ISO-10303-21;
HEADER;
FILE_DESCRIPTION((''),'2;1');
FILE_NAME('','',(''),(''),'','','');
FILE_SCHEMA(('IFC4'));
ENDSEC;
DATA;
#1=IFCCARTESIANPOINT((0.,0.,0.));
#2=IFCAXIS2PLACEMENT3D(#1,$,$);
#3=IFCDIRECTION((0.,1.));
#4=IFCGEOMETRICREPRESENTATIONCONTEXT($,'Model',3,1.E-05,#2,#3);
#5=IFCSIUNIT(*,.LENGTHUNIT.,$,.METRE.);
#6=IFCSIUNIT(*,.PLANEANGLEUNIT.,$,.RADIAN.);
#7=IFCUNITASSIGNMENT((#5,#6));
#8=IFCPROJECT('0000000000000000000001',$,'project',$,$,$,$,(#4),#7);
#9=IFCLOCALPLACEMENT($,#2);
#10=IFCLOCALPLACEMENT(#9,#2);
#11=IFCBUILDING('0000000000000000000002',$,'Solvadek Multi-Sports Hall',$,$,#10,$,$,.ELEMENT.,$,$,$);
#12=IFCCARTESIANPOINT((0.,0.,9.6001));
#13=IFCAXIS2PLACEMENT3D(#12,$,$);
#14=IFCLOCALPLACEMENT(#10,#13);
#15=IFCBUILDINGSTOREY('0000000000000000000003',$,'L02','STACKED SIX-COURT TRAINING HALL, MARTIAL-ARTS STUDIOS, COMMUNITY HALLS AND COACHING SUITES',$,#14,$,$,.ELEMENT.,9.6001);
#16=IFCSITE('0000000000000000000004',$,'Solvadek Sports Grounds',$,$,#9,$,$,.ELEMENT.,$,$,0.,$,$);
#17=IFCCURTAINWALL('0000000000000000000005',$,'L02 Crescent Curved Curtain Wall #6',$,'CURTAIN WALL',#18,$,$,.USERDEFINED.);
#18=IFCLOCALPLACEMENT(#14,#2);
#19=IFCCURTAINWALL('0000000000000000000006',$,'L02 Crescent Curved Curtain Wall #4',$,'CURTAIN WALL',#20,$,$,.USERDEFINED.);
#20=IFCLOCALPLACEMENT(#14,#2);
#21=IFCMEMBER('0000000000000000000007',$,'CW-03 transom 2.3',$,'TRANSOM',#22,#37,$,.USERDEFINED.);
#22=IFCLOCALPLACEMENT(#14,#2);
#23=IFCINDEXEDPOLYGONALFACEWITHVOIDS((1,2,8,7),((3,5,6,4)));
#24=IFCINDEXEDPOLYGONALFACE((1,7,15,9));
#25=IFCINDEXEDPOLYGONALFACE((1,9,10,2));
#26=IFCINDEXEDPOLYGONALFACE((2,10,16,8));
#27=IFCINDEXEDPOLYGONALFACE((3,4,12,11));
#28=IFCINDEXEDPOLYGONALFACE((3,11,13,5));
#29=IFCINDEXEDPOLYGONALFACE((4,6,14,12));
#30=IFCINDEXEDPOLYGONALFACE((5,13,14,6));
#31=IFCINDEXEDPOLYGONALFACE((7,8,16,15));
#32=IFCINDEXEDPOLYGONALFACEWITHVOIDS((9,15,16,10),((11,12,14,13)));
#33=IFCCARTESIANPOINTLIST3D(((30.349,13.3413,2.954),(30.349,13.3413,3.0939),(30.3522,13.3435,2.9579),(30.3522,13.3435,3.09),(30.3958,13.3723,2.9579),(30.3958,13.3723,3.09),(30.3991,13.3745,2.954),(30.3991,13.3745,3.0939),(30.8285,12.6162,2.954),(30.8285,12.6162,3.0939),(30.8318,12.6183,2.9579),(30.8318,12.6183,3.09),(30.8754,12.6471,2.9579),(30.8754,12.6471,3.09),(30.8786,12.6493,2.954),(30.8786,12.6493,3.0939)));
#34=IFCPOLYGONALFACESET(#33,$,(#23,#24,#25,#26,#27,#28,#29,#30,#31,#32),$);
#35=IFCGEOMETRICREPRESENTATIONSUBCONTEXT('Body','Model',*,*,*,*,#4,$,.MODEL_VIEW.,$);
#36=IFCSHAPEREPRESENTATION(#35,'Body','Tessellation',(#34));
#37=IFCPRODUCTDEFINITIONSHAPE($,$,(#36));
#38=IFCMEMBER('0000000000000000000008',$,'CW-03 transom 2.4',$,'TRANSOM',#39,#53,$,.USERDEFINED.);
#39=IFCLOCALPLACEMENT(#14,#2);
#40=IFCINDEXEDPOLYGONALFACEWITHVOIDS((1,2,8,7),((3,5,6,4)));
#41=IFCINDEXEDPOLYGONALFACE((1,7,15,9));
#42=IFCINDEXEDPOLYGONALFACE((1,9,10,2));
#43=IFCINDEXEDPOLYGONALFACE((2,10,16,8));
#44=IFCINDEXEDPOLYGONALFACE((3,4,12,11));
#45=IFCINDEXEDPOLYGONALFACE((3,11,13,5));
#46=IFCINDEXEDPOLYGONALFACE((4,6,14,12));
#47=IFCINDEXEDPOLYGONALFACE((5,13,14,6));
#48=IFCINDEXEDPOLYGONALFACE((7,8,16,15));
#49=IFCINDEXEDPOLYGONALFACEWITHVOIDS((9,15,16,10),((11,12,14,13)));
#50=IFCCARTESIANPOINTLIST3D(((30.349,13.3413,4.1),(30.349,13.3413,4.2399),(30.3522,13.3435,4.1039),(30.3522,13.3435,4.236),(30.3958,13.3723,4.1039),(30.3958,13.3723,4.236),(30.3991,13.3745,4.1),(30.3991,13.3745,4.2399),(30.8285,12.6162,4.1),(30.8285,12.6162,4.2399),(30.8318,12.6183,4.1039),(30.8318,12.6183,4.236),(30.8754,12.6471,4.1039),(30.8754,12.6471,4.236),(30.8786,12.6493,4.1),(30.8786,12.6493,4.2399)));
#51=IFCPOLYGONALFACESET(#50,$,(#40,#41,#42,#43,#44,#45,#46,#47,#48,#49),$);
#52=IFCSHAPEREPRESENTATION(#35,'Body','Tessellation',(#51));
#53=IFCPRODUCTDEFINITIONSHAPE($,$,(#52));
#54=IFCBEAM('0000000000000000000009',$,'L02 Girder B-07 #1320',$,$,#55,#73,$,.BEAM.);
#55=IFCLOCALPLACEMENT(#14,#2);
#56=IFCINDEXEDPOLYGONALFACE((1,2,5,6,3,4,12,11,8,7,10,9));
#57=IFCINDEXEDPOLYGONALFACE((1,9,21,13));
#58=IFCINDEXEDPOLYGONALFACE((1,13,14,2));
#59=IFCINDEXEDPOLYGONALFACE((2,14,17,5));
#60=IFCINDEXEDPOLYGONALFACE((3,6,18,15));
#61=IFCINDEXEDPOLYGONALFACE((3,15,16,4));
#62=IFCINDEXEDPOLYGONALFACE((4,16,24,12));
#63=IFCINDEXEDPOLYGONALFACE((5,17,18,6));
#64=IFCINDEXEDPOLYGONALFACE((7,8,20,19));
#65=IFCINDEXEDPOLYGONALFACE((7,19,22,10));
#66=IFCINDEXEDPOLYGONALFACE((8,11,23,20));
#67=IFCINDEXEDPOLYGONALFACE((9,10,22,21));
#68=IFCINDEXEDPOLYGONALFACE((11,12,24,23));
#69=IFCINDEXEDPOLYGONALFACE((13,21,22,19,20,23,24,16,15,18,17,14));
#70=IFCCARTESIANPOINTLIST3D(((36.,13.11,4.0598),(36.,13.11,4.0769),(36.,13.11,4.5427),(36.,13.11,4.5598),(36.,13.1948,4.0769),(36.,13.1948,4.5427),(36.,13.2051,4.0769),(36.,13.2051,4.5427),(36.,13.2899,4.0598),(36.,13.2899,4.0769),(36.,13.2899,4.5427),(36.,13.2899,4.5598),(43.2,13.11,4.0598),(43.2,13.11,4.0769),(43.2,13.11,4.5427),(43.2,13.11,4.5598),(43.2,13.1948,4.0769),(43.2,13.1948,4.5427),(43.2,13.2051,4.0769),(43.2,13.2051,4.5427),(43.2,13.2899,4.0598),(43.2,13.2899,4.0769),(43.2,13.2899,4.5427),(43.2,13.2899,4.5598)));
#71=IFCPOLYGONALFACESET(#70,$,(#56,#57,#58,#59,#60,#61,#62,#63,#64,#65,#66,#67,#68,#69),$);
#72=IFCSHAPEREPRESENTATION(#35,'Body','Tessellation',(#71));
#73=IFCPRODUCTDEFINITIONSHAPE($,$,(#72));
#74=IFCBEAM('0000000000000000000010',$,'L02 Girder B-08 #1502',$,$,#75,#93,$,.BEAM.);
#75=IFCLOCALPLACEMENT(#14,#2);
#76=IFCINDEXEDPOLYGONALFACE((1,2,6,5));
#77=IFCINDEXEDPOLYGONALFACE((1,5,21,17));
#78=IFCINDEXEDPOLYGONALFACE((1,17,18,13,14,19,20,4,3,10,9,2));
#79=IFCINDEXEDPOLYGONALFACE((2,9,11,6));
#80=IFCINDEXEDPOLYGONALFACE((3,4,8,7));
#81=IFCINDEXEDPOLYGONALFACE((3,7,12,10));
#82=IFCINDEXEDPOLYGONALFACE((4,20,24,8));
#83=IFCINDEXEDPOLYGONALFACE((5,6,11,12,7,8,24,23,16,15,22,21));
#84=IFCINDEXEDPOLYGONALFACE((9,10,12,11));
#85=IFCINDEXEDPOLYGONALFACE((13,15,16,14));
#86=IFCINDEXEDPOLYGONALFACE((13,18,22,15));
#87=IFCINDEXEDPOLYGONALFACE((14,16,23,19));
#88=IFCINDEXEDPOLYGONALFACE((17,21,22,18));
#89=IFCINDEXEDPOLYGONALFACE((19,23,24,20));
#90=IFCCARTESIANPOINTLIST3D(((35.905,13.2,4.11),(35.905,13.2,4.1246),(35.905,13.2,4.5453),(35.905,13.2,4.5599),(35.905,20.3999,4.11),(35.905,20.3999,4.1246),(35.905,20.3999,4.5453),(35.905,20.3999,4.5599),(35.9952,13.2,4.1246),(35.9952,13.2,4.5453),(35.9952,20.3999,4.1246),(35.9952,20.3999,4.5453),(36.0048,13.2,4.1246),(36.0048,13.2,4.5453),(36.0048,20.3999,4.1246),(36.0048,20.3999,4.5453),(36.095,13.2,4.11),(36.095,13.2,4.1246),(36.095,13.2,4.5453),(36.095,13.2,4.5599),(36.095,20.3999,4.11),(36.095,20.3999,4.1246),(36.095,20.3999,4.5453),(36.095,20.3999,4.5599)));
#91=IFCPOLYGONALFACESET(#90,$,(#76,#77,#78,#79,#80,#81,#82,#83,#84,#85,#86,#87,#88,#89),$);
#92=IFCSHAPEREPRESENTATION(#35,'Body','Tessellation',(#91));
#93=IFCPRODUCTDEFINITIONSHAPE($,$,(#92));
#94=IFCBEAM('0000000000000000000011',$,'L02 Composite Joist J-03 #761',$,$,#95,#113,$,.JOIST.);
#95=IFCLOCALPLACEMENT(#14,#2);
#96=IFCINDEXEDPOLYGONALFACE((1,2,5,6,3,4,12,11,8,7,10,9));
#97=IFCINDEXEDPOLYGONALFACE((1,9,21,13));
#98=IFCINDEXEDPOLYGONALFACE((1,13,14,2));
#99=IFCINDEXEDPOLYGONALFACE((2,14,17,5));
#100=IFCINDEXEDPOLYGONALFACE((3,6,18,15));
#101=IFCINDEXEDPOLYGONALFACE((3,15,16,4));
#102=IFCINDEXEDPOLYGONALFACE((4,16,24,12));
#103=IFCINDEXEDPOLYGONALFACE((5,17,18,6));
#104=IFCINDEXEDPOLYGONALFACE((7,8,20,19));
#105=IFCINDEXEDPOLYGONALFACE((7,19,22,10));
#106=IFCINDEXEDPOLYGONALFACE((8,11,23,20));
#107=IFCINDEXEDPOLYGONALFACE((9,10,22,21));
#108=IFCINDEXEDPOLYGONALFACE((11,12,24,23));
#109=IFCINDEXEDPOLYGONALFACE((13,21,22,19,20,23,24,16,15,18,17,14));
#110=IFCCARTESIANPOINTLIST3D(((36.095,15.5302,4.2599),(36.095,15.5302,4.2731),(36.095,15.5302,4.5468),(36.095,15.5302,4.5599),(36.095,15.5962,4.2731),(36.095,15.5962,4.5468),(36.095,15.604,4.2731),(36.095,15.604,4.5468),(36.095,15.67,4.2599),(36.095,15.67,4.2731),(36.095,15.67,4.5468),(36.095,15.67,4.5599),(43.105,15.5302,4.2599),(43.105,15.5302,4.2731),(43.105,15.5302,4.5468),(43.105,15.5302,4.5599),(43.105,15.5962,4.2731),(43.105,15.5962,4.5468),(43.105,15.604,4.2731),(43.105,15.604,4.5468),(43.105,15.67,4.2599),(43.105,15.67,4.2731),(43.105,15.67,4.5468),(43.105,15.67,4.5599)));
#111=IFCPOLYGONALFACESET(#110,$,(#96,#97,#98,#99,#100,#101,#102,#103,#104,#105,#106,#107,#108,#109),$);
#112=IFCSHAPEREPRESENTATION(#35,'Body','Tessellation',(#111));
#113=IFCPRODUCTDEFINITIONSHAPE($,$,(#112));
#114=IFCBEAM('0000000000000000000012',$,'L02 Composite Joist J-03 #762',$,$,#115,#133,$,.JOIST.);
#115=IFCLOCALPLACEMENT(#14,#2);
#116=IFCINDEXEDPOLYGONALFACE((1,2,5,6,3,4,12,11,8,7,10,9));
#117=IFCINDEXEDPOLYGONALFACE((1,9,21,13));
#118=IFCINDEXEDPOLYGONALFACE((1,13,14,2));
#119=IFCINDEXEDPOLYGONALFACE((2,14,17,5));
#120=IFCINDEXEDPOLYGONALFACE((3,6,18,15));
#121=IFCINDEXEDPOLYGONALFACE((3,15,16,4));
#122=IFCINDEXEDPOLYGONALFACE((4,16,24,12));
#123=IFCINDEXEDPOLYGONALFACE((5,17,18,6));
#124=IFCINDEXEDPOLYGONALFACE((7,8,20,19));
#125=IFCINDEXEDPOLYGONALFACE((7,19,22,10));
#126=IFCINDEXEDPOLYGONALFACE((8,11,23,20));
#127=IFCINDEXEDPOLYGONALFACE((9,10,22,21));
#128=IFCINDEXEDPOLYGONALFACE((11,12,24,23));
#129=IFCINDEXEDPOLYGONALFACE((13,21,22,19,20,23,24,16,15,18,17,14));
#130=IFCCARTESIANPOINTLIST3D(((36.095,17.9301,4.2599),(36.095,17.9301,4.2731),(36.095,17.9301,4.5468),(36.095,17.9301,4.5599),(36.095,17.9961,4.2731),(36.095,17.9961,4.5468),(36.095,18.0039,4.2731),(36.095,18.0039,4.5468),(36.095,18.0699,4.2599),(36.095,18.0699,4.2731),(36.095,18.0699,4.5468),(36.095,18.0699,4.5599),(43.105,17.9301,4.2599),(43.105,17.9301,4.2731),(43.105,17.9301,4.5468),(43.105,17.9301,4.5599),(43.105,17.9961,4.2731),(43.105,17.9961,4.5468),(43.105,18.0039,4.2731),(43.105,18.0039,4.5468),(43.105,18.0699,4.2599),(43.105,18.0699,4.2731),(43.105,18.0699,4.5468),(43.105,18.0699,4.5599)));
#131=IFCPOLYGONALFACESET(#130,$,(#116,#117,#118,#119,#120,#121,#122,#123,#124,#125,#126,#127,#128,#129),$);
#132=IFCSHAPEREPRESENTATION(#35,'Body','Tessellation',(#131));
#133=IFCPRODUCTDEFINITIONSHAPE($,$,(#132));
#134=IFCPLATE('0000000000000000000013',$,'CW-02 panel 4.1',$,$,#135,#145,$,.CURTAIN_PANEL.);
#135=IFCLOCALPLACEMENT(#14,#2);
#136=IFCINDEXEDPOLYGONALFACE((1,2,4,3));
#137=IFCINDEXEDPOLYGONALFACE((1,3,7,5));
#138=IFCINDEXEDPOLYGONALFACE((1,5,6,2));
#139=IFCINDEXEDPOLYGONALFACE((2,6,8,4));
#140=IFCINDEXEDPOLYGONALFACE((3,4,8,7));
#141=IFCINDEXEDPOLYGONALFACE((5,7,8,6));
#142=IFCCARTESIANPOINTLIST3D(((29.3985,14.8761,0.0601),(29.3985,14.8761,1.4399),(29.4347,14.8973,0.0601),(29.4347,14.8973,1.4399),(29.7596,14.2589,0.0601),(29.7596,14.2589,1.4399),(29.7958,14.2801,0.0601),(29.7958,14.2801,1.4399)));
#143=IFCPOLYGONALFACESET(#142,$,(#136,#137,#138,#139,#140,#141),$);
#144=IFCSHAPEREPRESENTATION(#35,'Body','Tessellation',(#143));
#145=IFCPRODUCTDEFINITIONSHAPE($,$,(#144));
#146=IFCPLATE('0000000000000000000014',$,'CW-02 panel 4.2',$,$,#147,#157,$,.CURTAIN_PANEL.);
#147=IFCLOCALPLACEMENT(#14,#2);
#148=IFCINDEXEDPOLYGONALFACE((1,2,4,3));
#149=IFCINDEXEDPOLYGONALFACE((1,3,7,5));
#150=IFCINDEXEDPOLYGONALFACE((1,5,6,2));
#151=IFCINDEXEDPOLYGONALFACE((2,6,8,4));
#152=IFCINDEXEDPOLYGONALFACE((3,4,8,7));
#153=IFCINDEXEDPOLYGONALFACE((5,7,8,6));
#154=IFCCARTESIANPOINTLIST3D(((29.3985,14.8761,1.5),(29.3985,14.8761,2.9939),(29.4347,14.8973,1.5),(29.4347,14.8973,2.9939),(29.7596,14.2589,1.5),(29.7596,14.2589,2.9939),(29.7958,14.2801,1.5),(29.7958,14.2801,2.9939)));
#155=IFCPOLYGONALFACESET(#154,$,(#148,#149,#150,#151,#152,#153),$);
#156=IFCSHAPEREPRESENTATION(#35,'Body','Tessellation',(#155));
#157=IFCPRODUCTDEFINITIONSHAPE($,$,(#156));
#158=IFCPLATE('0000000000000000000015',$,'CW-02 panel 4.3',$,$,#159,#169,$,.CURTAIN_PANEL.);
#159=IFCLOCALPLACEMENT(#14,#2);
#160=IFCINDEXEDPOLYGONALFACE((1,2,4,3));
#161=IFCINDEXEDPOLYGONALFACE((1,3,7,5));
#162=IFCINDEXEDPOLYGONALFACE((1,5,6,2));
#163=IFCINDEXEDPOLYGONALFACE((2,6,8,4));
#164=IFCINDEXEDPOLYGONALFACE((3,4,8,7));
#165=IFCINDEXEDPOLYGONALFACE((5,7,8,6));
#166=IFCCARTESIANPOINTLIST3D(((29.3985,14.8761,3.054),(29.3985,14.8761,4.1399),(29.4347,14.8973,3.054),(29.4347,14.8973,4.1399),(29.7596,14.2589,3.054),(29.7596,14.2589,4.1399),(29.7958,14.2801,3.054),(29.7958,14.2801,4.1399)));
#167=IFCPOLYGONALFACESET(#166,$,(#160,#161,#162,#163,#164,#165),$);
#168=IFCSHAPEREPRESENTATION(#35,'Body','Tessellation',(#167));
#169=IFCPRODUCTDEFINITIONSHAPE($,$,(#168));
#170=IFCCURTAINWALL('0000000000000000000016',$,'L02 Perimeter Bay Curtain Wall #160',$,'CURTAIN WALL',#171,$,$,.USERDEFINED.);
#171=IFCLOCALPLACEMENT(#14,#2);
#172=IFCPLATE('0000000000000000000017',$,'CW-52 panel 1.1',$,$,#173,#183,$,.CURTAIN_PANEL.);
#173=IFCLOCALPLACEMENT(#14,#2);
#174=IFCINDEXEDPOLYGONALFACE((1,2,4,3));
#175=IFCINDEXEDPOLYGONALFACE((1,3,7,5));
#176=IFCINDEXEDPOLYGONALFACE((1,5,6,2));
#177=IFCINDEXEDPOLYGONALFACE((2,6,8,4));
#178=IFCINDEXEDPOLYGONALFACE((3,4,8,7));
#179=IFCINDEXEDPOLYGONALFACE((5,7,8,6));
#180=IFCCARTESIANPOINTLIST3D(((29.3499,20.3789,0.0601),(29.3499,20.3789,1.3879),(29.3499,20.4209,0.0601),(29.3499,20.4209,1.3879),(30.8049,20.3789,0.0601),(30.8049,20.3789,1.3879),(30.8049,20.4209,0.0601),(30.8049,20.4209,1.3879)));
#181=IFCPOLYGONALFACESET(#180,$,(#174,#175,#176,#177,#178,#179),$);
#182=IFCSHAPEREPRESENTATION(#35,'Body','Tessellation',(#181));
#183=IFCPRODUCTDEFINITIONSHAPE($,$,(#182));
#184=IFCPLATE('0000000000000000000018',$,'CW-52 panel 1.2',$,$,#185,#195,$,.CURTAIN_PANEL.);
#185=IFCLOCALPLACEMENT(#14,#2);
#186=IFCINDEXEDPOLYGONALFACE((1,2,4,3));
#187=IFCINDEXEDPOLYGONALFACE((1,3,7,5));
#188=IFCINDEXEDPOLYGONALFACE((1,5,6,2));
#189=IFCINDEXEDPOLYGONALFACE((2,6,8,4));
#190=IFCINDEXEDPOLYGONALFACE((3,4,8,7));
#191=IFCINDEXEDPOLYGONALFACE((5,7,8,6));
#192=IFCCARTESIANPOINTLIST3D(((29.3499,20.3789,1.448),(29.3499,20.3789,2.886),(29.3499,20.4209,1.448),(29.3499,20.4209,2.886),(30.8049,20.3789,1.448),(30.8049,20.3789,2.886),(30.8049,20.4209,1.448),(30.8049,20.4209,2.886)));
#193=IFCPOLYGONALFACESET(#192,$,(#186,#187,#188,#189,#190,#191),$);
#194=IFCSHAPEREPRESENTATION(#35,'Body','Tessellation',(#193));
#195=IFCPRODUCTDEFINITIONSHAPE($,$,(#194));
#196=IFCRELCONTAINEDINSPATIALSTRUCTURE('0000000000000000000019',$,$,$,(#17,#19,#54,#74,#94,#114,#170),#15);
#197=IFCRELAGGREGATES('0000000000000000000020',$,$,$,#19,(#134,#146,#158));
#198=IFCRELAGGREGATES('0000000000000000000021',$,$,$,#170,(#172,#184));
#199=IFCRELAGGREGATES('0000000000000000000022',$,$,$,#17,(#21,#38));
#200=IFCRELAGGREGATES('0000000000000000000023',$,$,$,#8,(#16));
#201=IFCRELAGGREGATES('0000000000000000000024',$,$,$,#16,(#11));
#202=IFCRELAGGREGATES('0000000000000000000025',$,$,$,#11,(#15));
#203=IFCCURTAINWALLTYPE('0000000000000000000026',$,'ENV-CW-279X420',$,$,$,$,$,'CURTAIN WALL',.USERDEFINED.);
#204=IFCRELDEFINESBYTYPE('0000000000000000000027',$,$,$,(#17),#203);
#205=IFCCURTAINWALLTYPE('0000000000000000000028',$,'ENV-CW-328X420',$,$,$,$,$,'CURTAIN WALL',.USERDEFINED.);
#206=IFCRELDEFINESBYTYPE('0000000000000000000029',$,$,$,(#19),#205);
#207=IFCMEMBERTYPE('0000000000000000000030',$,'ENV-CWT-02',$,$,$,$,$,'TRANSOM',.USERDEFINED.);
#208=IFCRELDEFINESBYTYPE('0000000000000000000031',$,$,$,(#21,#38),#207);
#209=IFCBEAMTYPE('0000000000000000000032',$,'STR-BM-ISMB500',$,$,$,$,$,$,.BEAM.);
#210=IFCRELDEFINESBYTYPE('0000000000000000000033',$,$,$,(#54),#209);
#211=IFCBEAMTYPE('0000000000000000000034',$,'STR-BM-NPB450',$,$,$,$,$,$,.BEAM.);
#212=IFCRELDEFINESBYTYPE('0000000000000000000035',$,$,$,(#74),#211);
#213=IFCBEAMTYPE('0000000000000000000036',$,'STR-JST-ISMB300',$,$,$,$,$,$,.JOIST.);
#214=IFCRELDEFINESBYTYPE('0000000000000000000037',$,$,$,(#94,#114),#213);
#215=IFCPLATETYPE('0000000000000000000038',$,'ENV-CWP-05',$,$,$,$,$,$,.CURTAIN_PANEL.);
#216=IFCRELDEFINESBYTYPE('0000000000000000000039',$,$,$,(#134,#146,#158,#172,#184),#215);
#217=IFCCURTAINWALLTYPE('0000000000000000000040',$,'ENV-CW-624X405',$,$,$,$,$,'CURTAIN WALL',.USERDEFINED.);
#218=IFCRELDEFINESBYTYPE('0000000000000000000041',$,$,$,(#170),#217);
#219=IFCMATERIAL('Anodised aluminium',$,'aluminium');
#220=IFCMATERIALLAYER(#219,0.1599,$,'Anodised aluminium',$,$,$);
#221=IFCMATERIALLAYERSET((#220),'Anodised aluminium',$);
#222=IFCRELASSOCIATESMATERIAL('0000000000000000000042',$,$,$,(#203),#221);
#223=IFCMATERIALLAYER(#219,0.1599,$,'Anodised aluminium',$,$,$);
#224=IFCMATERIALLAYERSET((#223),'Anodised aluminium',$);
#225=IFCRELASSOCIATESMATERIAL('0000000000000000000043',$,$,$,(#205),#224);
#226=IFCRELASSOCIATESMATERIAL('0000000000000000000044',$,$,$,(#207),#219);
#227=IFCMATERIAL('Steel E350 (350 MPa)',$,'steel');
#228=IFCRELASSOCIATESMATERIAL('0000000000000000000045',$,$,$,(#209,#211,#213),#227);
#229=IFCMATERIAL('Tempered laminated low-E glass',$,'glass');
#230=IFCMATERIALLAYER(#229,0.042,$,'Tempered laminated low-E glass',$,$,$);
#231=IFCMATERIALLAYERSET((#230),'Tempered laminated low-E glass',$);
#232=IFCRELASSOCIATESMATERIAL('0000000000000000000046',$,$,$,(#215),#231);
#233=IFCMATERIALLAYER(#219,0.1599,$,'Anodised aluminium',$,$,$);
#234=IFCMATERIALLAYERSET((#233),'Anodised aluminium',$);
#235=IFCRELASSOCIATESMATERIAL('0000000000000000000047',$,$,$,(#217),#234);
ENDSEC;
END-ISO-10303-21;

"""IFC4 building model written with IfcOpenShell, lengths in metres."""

from ifc_helpers import new_model, si_unit, direction, frame, origin, origin_2d, place, context, subcontext, project, spatial, rectangle, hollow_rectangle, i_section, extrude, material, layer, layer_set, material_profile, profile_set, type_object, element, aggregate, save


model = new_model("IFC4")

# Units and contexts
model_context = context("Model", 3, precision=1e-05, world=origin(), true_north=direction((0.0, 1.0)))
body_context = subcontext(model_context, "Body", "Model", "MODEL_VIEW")
ifc_project = project(units=[si_unit("LENGTHUNIT", "METRE"), si_unit("PLANEANGLEUNIT", "RADIAN")], contexts=[model_context])

# Site, building, storey
site_placement = place(None, origin())
site = spatial("IfcSite", under=ifc_project, at=site_placement, Name="Solvadek Sports Grounds", CompositionType="ELEMENT", RefElevation=0.0)
building_placement = place(site_placement, origin())
building = spatial("IfcBuilding", under=site, at=building_placement, Name="Solvadek Multi-Sports Hall", CompositionType="ELEMENT")
storey_placement = place(building_placement, frame((0.0, 0.0, 9.6001)))
storey = spatial("IfcBuildingStorey", under=building, at=storey_placement, Name="L02", Description="STACKED SIX-COURT TRAINING HALL, MARTIAL-ARTS STUDIOS, COMMUNITY HALLS AND COACHING SUITES", CompositionType="ELEMENT", Elevation=9.6001)

# Curtain walls
ifc_material_1 = material(Name="Anodised aluminium", Category="aluminium")
ifc_layer_1 = layer(ifc_material_1, 0.1599, Name="Anodised aluminium")
ifc_layer_set_1 = layer_set([ifc_layer_1], Name="Anodised aluminium")
curtain_wall_type_1 = type_object("IfcCurtainWallType", Name="ENV-CW-279X420", ElementType="CURTAIN WALL", PredefinedType="USERDEFINED", material=ifc_layer_set_1)
curtain_wall_1_placement = place(storey_placement, origin())
curtain_wall_1 = element("IfcCurtainWall", 1, at=curtain_wall_1_placement, inside=storey, type_object=curtain_wall_type_1, Name="L02 Crescent Curved Curtain Wall #6", ObjectType="CURTAIN WALL", PredefinedType="USERDEFINED")
ifc_layer_2 = layer(ifc_material_1, 0.1599, Name="Anodised aluminium")
ifc_layer_set_2 = layer_set([ifc_layer_2], Name="Anodised aluminium")
curtain_wall_type_2 = type_object("IfcCurtainWallType", Name="ENV-CW-328X420", ElementType="CURTAIN WALL", PredefinedType="USERDEFINED", material=ifc_layer_set_2)
curtain_wall_2_placement = place(storey_placement, origin())
curtain_wall_2 = element("IfcCurtainWall", 2, at=curtain_wall_2_placement, inside=storey, type_object=curtain_wall_type_2, Name="L02 Crescent Curved Curtain Wall #4", ObjectType="CURTAIN WALL", PredefinedType="USERDEFINED")

# Members
ifc_material_profile_1 = material_profile(ifc_material_1, hollow_rectangle(XDim=0.0601, YDim=0.1399, WallThickness=0.0039, at=origin_2d()), Name="ALU-T 140x60x4")
ifc_profile_set_1 = profile_set([ifc_material_profile_1], Name="Anodised aluminium")
member_type_1 = type_object("IfcMemberType", Name="ENV-CWT-02", ElementType="TRANSOM", PredefinedType="USERDEFINED", material=ifc_profile_set_1)
member_1_placement = place(storey_placement, frame((30.374, 13.3579, 3.0239), z_axis=(0.551585, -0.834118, 0.0), x_axis=(0.834118, 0.551585, 0.0)))
member_1 = element("IfcMember", 3, at=member_1_placement, type_object=member_type_1, Name="CW-03 transom 2.3", ObjectType="TRANSOM", PredefinedType="USERDEFINED", context=body_context, shape_type="SweptSolid", body=[
    extrude(hollow_rectangle(XDim=0.0601, YDim=0.1399, WallThickness=0.0039, at=origin_2d()), origin(), (0.0, 0.0, 1.0), 0.8694),
])
member_2_placement = place(storey_placement, frame((30.374, 13.3579, 4.1699), z_axis=(0.551585, -0.834118, 0.0), x_axis=(0.834118, 0.551585, 0.0)))
member_2 = element("IfcMember", 4, at=member_2_placement, type_object=member_type_1, Name="CW-03 transom 2.4", ObjectType="TRANSOM", PredefinedType="USERDEFINED", context=body_context, shape_type="SweptSolid", body=[
    extrude(hollow_rectangle(XDim=0.0601, YDim=0.1399, WallThickness=0.0039, at=origin_2d()), origin(), (0.0, 0.0, 1.0), 0.8694),
])

# Beams
ifc_material_2 = material(Name="Steel E350 (350 MPa)", Category="steel")
ifc_material_profile_2 = material_profile(ifc_material_2, i_section(OverallWidth=0.1799, OverallDepth=0.5, WebThickness=0.0103, FlangeThickness=0.0171, at=origin_2d()), Name="ISMB 500")
ifc_profile_set_2 = profile_set([ifc_material_profile_2], Name="Steel E350 (350 MPa)")
beam_type_1 = type_object("IfcBeamType", Name="STR-BM-ISMB500", PredefinedType="BEAM", material=ifc_profile_set_2)
beam_1_placement = place(storey_placement, frame((36.0, 13.2, 4.3098), z_axis=(1.0, 0.0, 0.0), x_axis=(0.0, 1.0, 0.0)))
element("IfcBeam", 5, at=beam_1_placement, inside=storey, type_object=beam_type_1, Name="L02 Girder B-07 #1320", PredefinedType="BEAM", context=body_context, shape_type="SweptSolid", body=[
    extrude(i_section(OverallWidth=0.1799, OverallDepth=0.5, WebThickness=0.0103, FlangeThickness=0.0171, at=origin_2d()), origin(), (0.0, 0.0, 1.0), 7.2),
])
ifc_material_profile_3 = material_profile(ifc_material_2, i_section(OverallWidth=0.1899, OverallDepth=0.45, WebThickness=0.0095, FlangeThickness=0.0146, at=origin_2d()), Name="NPB 450")
ifc_profile_set_3 = profile_set([ifc_material_profile_3], Name="Steel E350 (350 MPa)")
beam_type_2 = type_object("IfcBeamType", Name="STR-BM-NPB450", PredefinedType="BEAM", material=ifc_profile_set_3)
beam_2_placement = place(storey_placement, frame((36.0, 13.2, 4.335), z_axis=(0.0, 1.0, 0.0), x_axis=(-1.0, 0.0, 0.0)))
element("IfcBeam", 6, at=beam_2_placement, inside=storey, type_object=beam_type_2, Name="L02 Girder B-08 #1502", PredefinedType="BEAM", context=body_context, shape_type="SweptSolid", body=[
    extrude(i_section(OverallWidth=0.1899, OverallDepth=0.45, WebThickness=0.0095, FlangeThickness=0.0146, at=origin_2d()), origin(), (0.0, 0.0, 1.0), 7.2),
])
ifc_material_profile_4 = material_profile(ifc_material_2, i_section(OverallWidth=0.1399, OverallDepth=0.3, WebThickness=0.0078, FlangeThickness=0.0132, at=origin_2d()), Name="ISMB 300")
ifc_profile_set_4 = profile_set([ifc_material_profile_4], Name="Steel E350 (350 MPa)")
beam_type_3 = type_object("IfcBeamType", Name="STR-JST-ISMB300", PredefinedType="JOIST", material=ifc_profile_set_4)
for number, where, z_axis, x_axis, name in (
    (7, (36.095, 15.6001, 4.4099), (1.0, 0.0, 0.0), (0.0, 1.0, 0.0), "L02 Composite Joist J-03 #761"),
    (8, (36.095, 18.0, 4.4099), (1.0, 0.0, 0.0), (0.0, 1.0, 0.0), "L02 Composite Joist J-03 #762"),
):
    element("IfcBeam", number, at=place(storey_placement, frame(where, z_axis=z_axis, x_axis=x_axis)), inside=storey, type_object=beam_type_3, Name=name, PredefinedType="JOIST", context=body_context, shape_type="SweptSolid", body=[
        extrude(i_section(OverallWidth=0.1399, OverallDepth=0.3, WebThickness=0.0078, FlangeThickness=0.0132, at=origin_2d()), origin(), (0.0, 0.0, 1.0), 7.01),
    ])

# Plates
ifc_material_3 = material(Name="Tempered laminated low-E glass", Category="glass")
ifc_layer_3 = layer(ifc_material_3, 0.042, Name="Tempered laminated low-E glass")
ifc_layer_set_3 = layer_set([ifc_layer_3], Name="Tempered laminated low-E glass")
plate_type_1 = type_object("IfcPlateType", Name="ENV-CWP-05", PredefinedType="CURTAIN_PANEL", material=ifc_layer_set_3)
plate_1_placement = place(storey_placement, frame((29.5972, 14.5781, 0.0601), z_axis=(0.0, 0.0, 1.0), x_axis=(0.504957, -0.863145, 0.0)))
plate_1 = element("IfcPlate", 9, at=plate_1_placement, type_object=plate_type_1, Name="CW-02 panel 4.1", PredefinedType="CURTAIN_PANEL", context=body_context, shape_type="SweptSolid", body=[
    extrude(rectangle(XDim=0.7151, YDim=0.042, at=origin_2d()), origin(), (0.0, 0.0, 1.0), 1.3799),
])
plate_2_placement = place(storey_placement, frame((29.5972, 14.5781, 1.5), z_axis=(0.0, 0.0, 1.0), x_axis=(0.504957, -0.863145, 0.0)))
plate_2 = element("IfcPlate", 10, at=plate_2_placement, type_object=plate_type_1, Name="CW-02 panel 4.2", PredefinedType="CURTAIN_PANEL", context=body_context, shape_type="SweptSolid", body=[
    extrude(rectangle(XDim=0.7151, YDim=0.042, at=origin_2d()), origin(), (0.0, 0.0, 1.0), 1.4939),
])
plate_3_placement = place(storey_placement, frame((29.5972, 14.5781, 3.054), z_axis=(0.0, 0.0, 1.0), x_axis=(0.504957, -0.863145, 0.0)))
plate_3 = element("IfcPlate", 11, at=plate_3_placement, type_object=plate_type_1, Name="CW-02 panel 4.3", PredefinedType="CURTAIN_PANEL", context=body_context, shape_type="SweptSolid", body=[
    extrude(rectangle(XDim=0.7151, YDim=0.042, at=origin_2d()), origin(), (0.0, 0.0, 1.0), 1.0859),
])
aggregate(curtain_wall_2, [plate_1, plate_2, plate_3])

# Curtain wall, plates
ifc_layer_4 = layer(ifc_material_1, 0.1599, Name="Anodised aluminium")
ifc_layer_set_4 = layer_set([ifc_layer_4], Name="Anodised aluminium")
curtain_wall_type_3 = type_object("IfcCurtainWallType", Name="ENV-CW-624X405", ElementType="CURTAIN WALL", PredefinedType="USERDEFINED", material=ifc_layer_set_4)
curtain_wall_3_placement = place(storey_placement, origin())
curtain_wall_3 = element("IfcCurtainWall", 12, at=curtain_wall_3_placement, inside=storey, type_object=curtain_wall_type_3, Name="L02 Perimeter Bay Curtain Wall #160", ObjectType="CURTAIN WALL", PredefinedType="USERDEFINED")
plate_4_placement = place(storey_placement, frame((30.0774, 20.3999, 0.0601), z_axis=(0.0, 0.0, 1.0), x_axis=(1.0, 0.0, 0.0)))
plate_4 = element("IfcPlate", 13, at=plate_4_placement, type_object=plate_type_1, Name="CW-52 panel 1.1", PredefinedType="CURTAIN_PANEL", context=body_context, shape_type="SweptSolid", body=[
    extrude(rectangle(XDim=1.4551, YDim=0.042, at=origin_2d()), origin(), (0.0, 0.0, 1.0), 1.3279),
])
plate_5_placement = place(storey_placement, frame((30.0774, 20.3999, 1.448), z_axis=(0.0, 0.0, 1.0), x_axis=(1.0, 0.0, 0.0)))
plate_5 = element("IfcPlate", 14, at=plate_5_placement, type_object=plate_type_1, Name="CW-52 panel 1.2", PredefinedType="CURTAIN_PANEL", context=body_context, shape_type="SweptSolid", body=[
    extrude(rectangle(XDim=1.4551, YDim=0.042, at=origin_2d()), origin(), (0.0, 0.0, 1.0), 1.438),
])
aggregate(curtain_wall_3, [plate_4, plate_5])

aggregate(curtain_wall_1, [member_1, member_2])

save(model, "model.ifc")
